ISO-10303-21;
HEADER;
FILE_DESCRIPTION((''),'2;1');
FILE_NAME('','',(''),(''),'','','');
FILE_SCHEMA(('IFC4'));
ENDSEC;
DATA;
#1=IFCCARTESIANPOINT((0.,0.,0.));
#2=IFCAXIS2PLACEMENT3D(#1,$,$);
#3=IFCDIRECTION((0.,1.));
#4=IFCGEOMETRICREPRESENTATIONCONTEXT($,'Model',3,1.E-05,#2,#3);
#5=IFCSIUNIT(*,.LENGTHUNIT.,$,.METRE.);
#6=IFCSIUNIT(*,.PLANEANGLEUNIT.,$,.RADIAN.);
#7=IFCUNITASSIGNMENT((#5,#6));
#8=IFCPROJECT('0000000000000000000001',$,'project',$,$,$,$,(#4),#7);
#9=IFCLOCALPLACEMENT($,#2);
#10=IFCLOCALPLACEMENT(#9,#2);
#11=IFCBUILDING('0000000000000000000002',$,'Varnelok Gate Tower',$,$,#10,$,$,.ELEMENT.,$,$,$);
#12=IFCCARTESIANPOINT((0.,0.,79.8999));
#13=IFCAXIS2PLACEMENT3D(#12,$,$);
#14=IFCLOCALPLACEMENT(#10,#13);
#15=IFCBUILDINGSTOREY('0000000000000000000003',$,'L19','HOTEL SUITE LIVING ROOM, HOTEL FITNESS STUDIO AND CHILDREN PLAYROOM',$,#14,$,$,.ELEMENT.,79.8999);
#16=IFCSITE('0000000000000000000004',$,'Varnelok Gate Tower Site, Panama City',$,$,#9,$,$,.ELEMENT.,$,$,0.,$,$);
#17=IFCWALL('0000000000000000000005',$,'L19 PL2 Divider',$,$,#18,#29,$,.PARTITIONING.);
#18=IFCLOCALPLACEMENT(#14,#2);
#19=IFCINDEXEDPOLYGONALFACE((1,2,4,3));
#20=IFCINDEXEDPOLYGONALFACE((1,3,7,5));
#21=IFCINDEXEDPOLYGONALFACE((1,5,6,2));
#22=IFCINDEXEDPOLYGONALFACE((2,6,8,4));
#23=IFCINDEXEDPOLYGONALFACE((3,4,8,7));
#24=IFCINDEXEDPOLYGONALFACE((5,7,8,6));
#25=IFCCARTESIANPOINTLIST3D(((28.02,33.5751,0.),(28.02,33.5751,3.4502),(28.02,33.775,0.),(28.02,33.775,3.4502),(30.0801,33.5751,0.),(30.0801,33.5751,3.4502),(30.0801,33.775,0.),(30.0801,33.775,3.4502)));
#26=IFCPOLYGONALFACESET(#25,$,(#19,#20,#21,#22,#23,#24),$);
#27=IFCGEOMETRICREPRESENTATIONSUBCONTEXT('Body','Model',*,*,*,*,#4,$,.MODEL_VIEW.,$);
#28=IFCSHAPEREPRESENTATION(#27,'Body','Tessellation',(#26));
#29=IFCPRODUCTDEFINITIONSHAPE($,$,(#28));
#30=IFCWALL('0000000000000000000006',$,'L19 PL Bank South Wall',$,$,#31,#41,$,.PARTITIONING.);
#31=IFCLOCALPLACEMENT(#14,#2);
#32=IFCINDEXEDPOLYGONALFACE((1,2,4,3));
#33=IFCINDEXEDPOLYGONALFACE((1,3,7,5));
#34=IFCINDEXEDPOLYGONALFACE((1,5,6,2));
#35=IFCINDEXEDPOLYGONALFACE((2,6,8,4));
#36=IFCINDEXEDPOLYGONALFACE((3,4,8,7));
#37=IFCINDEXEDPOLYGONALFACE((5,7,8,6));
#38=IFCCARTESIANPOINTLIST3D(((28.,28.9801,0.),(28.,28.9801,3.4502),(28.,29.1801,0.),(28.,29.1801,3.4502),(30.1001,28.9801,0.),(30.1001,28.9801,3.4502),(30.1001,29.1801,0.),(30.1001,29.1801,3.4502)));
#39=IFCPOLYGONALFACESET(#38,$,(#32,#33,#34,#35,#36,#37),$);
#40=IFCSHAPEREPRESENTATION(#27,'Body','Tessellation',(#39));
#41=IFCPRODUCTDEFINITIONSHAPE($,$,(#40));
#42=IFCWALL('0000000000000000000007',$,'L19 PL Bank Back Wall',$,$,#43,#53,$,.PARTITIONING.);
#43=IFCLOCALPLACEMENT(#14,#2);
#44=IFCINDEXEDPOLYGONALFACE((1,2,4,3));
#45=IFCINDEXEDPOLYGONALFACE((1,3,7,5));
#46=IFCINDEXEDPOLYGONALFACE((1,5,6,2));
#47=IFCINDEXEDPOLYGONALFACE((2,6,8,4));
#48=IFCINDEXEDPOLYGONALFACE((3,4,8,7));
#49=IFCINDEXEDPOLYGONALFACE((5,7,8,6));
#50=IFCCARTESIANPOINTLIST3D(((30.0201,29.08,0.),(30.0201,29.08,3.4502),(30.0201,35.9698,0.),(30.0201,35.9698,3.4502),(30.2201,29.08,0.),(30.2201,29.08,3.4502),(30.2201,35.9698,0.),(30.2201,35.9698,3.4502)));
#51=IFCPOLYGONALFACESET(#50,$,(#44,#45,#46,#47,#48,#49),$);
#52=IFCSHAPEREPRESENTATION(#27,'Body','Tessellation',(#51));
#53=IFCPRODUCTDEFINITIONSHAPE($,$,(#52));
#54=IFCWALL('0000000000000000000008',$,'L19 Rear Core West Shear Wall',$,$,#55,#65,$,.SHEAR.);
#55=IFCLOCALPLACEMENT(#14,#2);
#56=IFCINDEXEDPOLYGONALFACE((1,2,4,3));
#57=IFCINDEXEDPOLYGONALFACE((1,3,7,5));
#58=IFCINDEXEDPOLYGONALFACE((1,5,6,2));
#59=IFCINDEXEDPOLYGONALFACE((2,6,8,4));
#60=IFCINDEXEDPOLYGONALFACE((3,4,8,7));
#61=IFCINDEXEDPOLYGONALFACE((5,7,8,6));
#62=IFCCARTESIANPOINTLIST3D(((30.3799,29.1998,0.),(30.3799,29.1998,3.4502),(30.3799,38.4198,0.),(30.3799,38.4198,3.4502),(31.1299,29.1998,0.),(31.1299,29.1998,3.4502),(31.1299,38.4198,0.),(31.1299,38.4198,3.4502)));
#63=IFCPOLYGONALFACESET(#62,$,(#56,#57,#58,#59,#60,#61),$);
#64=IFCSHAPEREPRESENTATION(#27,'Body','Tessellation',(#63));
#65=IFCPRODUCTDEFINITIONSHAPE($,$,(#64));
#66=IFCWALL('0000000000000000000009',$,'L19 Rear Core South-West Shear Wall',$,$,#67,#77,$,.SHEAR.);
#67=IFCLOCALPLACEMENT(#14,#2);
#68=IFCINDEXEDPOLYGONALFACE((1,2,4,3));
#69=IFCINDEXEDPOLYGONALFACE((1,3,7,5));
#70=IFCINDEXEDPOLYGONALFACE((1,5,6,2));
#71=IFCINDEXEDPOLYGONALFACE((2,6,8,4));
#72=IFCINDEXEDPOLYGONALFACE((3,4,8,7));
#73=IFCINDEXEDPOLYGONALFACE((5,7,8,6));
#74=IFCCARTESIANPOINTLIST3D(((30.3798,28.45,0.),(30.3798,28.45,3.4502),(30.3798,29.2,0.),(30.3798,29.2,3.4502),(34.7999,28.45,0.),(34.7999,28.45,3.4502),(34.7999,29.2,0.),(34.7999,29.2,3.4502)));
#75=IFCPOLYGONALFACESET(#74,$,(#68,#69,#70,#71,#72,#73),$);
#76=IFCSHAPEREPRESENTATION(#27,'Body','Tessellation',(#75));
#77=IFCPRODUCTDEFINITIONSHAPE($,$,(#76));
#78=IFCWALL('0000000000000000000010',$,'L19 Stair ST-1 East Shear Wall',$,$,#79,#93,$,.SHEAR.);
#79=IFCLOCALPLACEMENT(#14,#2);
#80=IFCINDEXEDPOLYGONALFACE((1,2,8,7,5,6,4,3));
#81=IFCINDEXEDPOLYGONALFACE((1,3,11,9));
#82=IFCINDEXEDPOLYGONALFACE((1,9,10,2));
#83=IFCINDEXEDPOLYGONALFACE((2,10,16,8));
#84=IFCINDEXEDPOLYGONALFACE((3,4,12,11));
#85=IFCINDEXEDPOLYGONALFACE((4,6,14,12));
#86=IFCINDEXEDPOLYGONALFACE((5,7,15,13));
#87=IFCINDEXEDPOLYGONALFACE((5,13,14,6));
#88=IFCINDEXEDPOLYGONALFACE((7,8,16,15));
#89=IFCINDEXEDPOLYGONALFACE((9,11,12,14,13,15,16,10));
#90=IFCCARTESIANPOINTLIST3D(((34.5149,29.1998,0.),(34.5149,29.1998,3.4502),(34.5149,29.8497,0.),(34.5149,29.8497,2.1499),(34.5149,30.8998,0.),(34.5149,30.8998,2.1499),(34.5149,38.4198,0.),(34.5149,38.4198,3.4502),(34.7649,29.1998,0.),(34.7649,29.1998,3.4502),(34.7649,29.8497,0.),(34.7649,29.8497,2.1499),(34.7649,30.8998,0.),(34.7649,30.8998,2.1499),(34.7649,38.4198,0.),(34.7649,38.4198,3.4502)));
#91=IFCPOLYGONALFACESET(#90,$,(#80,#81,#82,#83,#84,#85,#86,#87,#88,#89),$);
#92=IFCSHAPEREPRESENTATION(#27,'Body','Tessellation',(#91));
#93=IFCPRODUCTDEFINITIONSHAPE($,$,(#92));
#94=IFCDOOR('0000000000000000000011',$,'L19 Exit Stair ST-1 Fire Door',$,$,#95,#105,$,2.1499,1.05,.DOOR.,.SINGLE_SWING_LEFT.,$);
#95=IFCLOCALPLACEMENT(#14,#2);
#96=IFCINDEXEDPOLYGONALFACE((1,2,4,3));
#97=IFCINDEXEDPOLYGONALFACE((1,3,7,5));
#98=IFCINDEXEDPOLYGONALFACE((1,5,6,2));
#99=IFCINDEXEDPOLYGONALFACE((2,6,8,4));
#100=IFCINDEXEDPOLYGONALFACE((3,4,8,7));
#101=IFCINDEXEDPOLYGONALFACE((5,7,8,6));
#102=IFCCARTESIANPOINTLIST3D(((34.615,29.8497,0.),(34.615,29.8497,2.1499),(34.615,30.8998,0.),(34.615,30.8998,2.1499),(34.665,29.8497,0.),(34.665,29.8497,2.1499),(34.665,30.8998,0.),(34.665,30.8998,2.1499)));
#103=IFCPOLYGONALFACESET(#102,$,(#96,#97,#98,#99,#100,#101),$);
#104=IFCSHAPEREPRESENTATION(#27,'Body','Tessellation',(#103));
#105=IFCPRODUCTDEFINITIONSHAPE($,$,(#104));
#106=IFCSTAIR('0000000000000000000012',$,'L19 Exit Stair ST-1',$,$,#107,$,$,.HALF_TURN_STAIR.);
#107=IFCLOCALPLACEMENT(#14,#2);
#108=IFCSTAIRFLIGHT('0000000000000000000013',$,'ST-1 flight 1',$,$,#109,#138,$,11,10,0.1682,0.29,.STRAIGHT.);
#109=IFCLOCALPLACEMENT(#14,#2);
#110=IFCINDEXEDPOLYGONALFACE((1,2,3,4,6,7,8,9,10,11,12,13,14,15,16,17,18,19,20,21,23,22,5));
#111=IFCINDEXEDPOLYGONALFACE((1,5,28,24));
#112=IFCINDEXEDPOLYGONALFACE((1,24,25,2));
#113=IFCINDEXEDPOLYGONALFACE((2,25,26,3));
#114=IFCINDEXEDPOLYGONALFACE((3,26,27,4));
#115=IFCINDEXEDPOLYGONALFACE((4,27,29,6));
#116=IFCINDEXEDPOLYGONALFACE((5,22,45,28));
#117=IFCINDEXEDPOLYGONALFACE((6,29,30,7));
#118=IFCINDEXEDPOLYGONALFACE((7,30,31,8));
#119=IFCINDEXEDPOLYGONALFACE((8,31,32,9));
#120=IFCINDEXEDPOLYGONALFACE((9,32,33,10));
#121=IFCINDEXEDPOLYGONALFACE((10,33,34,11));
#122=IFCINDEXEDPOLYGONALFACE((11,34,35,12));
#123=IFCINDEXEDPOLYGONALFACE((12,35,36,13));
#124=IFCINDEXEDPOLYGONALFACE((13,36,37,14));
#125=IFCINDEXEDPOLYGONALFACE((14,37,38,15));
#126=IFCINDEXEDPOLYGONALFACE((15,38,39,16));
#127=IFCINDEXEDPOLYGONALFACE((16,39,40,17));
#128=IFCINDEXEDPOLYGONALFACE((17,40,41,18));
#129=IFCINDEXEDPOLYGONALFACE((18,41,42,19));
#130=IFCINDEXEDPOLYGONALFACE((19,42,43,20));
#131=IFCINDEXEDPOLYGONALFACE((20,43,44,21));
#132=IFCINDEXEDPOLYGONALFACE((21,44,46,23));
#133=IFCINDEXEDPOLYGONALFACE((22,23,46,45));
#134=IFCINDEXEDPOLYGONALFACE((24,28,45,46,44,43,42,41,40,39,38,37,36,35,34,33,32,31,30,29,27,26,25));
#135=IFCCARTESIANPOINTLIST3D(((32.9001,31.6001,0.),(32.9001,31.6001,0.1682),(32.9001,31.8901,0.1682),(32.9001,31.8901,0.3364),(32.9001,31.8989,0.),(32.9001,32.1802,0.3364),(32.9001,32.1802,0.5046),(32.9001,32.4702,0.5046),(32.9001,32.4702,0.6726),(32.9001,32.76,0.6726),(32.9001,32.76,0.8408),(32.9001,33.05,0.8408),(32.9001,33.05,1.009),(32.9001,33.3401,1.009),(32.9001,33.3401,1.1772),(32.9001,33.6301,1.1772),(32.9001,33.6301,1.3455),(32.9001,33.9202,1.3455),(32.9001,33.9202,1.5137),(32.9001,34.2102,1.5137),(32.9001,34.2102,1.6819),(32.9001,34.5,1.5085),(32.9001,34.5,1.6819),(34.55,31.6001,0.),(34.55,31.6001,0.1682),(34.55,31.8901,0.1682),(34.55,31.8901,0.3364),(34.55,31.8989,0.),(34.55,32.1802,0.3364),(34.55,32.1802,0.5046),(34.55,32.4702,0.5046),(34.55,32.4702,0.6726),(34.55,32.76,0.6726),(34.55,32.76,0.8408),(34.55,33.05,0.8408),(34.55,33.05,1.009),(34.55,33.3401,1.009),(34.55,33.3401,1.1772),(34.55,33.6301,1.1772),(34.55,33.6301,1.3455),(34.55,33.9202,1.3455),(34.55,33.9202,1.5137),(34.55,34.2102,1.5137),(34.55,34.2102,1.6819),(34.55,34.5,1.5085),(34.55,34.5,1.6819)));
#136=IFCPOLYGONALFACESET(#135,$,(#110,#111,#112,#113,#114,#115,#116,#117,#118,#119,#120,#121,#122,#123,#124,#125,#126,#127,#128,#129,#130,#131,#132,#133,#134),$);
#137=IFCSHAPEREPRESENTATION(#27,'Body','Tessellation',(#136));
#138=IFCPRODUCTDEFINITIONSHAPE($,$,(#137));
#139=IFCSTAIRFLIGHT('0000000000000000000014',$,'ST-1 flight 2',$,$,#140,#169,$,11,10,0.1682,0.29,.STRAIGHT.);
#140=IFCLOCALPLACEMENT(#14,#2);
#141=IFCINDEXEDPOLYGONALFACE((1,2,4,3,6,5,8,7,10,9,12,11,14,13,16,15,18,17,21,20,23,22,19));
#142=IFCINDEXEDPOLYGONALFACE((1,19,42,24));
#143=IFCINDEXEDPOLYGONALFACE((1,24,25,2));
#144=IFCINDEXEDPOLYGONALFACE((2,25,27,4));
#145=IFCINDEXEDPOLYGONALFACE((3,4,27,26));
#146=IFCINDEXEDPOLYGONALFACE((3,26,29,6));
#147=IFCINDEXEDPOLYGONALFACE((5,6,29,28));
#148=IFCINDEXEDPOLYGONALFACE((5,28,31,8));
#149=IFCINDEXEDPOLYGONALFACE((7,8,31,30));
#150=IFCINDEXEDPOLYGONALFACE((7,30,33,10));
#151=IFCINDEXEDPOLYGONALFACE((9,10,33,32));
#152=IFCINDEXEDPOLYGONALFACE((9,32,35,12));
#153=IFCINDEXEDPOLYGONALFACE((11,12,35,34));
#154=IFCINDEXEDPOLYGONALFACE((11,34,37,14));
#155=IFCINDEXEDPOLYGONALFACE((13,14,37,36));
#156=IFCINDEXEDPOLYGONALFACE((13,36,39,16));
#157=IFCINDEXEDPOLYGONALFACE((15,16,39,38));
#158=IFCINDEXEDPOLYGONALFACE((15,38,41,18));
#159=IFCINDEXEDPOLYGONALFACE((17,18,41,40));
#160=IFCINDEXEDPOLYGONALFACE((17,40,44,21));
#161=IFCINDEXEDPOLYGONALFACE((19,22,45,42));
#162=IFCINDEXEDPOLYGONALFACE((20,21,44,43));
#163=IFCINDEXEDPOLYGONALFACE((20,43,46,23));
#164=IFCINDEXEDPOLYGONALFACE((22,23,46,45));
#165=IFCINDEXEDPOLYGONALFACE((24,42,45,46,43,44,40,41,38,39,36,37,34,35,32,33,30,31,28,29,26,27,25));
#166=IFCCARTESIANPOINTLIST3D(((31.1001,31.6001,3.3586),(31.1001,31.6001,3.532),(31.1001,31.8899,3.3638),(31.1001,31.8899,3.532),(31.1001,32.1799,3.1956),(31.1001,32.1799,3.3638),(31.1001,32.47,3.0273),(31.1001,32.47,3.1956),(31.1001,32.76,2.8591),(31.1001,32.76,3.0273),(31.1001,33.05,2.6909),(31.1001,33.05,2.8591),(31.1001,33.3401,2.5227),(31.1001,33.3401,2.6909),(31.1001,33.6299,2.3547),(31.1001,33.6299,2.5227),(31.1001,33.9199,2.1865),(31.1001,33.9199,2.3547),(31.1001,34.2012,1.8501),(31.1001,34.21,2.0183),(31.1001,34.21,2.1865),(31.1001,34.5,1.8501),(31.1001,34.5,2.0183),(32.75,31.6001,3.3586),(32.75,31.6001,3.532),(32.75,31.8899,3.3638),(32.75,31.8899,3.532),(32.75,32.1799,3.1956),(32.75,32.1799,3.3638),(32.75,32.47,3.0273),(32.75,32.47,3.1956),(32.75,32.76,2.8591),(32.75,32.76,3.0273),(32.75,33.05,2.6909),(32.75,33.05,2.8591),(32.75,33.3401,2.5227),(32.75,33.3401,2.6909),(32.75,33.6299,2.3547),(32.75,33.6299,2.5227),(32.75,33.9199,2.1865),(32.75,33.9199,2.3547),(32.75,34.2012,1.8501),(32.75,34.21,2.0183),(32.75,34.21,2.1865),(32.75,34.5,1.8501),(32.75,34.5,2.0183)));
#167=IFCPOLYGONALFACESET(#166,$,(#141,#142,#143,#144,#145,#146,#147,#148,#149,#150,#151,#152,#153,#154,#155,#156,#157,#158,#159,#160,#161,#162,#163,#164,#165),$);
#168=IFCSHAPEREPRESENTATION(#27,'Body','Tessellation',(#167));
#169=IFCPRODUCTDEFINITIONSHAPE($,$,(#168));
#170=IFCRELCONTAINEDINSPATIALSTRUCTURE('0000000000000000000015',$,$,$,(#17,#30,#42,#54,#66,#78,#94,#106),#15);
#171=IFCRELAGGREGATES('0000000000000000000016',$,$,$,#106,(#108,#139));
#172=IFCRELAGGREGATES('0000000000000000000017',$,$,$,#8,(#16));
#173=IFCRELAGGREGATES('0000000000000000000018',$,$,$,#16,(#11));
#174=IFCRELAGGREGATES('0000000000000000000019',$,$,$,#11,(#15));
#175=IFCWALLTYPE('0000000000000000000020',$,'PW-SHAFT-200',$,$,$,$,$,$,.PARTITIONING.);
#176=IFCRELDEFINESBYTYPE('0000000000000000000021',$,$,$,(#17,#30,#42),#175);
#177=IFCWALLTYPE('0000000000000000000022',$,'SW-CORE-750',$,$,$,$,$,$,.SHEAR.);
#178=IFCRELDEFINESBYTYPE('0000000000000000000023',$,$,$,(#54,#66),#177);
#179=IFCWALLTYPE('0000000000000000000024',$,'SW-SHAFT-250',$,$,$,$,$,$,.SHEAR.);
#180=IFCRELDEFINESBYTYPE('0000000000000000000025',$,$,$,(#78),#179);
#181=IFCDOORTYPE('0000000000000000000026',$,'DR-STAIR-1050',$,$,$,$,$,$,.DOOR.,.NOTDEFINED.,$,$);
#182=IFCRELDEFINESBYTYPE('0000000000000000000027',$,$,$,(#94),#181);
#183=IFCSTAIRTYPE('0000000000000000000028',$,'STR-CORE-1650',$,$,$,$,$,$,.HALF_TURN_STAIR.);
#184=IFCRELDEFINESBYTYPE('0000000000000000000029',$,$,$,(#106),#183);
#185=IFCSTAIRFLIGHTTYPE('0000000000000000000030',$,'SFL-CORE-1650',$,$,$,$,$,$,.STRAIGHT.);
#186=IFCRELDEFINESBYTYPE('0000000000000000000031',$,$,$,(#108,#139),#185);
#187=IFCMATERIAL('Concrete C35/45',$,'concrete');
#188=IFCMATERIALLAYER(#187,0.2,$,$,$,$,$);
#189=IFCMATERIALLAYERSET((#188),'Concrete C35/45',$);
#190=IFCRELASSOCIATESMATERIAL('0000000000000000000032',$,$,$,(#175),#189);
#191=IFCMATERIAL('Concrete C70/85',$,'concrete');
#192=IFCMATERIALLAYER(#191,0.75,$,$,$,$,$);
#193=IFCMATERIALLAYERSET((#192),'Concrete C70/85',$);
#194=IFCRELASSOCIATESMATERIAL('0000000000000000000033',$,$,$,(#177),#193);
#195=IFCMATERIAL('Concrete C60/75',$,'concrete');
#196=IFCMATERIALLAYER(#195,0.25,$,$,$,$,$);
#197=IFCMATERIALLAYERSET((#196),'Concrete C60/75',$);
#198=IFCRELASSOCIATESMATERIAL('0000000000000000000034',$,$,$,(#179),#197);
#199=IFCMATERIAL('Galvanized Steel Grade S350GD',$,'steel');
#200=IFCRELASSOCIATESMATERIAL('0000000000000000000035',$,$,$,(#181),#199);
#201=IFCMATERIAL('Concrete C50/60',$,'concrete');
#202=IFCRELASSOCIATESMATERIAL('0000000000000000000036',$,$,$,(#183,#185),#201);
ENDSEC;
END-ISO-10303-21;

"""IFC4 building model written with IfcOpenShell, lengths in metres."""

from ifc_helpers import new_model, si_unit, direction, frame, frame_2d, origin, place, context, subcontext, project, spatial, polyline, rectangle, outline, extrude, material, layer, layer_set, type_object, element, fill, aggregate, save


model = new_model("IFC4")

# Units and contexts
model_context = context("Model", 3, precision=1e-05, world=origin(), true_north=direction((0.0, 1.0)))
body_context = subcontext(model_context, "Body", "Model", "MODEL_VIEW")
ifc_project = project(units=[si_unit("LENGTHUNIT", "METRE"), si_unit("PLANEANGLEUNIT", "RADIAN")], contexts=[model_context])

# Site, building, storey
site_placement = place(None, origin())
site = spatial("IfcSite", under=ifc_project, at=site_placement, Name="Varnelok Gate Tower Site, Panama City", CompositionType="ELEMENT", RefElevation=0.0)
building_placement = place(site_placement, origin())
building = spatial("IfcBuilding", under=site, at=building_placement, Name="Varnelok Gate Tower", CompositionType="ELEMENT")
storey_placement = place(building_placement, frame((0.0, 0.0, 79.8999)))
storey = spatial("IfcBuildingStorey", under=building, at=storey_placement, Name="L19", Description="HOTEL SUITE LIVING ROOM, HOTEL FITNESS STUDIO AND CHILDREN PLAYROOM", CompositionType="ELEMENT", Elevation=79.8999)

# Shared definitions
ifc_material_1 = material(Name="Concrete C70/85", Category="concrete")

# Shared definitions
ifc_material_2 = material(Name="Concrete C60/75", Category="concrete")

# Shared definitions
ifc_material_3 = material(Name="Concrete C35/45", Category="concrete")
ifc_layer_1 = layer(ifc_material_3, 0.2)
ifc_layer_set_1 = layer_set([ifc_layer_1], Name="Concrete C35/45")
wall_type_1 = type_object("IfcWallType", Name="PW-SHAFT-200", PredefinedType="PARTITIONING", material=ifc_layer_set_1)
ifc_material_4 = material(Name="Galvanized Steel Grade S350GD", Category="steel")

# Walls
for number, where, z_axis, x_axis, name in (
    (1, (28.02, 33.675, 0.0), (0.0, 0.0, 1.0), (1.0, 0.0, 0.0), "L19 PL2 Divider"),
):
    element("IfcWall", number, at=place(storey_placement, frame(where, z_axis=z_axis, x_axis=x_axis)), inside=storey, type_object=wall_type_1, Name=name, PredefinedType="PARTITIONING", context=body_context, shape_type="SweptSolid", body=[
        extrude(rectangle(XDim=2.0601, YDim=0.2, at=frame_2d((1.03, 0.0))), origin(), (0.0, 0.0, 1.0), 3.4502),
    ])
wall_1_placement = place(storey_placement, frame((28.0, 29.0801, 0.0), z_axis=(0.0, 0.0, 1.0), x_axis=(1.0, 0.0, 0.0)))
element("IfcWall", 2, at=wall_1_placement, inside=storey, type_object=wall_type_1, Name="L19 PL Bank South Wall", PredefinedType="PARTITIONING", context=body_context, shape_type="SweptSolid", body=[
    extrude(rectangle(XDim=2.1001, YDim=0.2, at=frame_2d((1.05, 0.0))), origin(), (0.0, 0.0, 1.0), 3.4502),
])
wall_2_placement = place(storey_placement, frame((30.1201, 29.0801, 0.0), z_axis=(0.0, 0.0, 1.0), x_axis=(0.0, 1.0, 0.0)))
element("IfcWall", 3, at=wall_2_placement, inside=storey, type_object=wall_type_1, Name="L19 PL Bank Back Wall", PredefinedType="PARTITIONING", context=body_context, shape_type="SweptSolid", body=[
    extrude(rectangle(XDim=6.8899, YDim=0.2, at=frame_2d((3.4448, 0.0))), origin(), (0.0, 0.0, 1.0), 3.4502),
])

# Walls
ifc_layer_2 = layer(ifc_material_1, 0.75)
ifc_layer_set_2 = layer_set([ifc_layer_2], Name="Concrete C70/85")
wall_type_2 = type_object("IfcWallType", Name="SW-CORE-750", PredefinedType="SHEAR", material=ifc_layer_set_2)
wall_3_placement = place(storey_placement, frame((30.7549, 29.2, 0.0), z_axis=(0.0, 0.0, 1.0), x_axis=(0.0, 1.0, 0.0)))
element("IfcWall", 4, at=wall_3_placement, inside=storey, type_object=wall_type_2, Name="L19 Rear Core West Shear Wall", PredefinedType="SHEAR", context=body_context, shape_type="SweptSolid", body=[
    extrude(rectangle(XDim=9.22, YDim=0.75, at=frame_2d((4.6099, 0.0))), origin(), (0.0, 0.0, 1.0), 3.4502),
])
wall_4_placement = place(storey_placement, frame((30.3799, 28.825, 0.0), z_axis=(0.0, 0.0, 1.0), x_axis=(1.0, 0.0, 0.0)))
element("IfcWall", 5, at=wall_4_placement, inside=storey, type_object=wall_type_2, Name="L19 Rear Core South-West Shear Wall", PredefinedType="SHEAR", context=body_context, shape_type="SweptSolid", body=[
    extrude(rectangle(XDim=4.4202, YDim=0.75, at=frame_2d((2.21, 0.0))), origin(), (0.0, 0.0, 1.0), 3.4502),
])

# Wall, opening, door
ifc_layer_3 = layer(ifc_material_2, 0.25)
ifc_layer_set_3 = layer_set([ifc_layer_3], Name="Concrete C60/75")
wall_type_3 = type_object("IfcWallType", Name="SW-SHAFT-250", PredefinedType="SHEAR", material=ifc_layer_set_3)
wall_5_placement = place(storey_placement, frame((34.6399, 29.2, 0.0), z_axis=(0.0, 0.0, 1.0), x_axis=(0.0, 1.0, 0.0)))
wall_5 = element("IfcWall", 6, at=wall_5_placement, inside=storey, type_object=wall_type_3, Name="L19 Stair ST-1 East Shear Wall", PredefinedType="SHEAR", context=body_context, shape_type="SweptSolid", body=[
    extrude(rectangle(XDim=9.22, YDim=0.25, at=frame_2d((4.6099, 0.0))), origin(), (0.0, 0.0, 1.0), 3.4502),
])
opening_1_placement = place(wall_5_placement, frame((0.6499, 0.0, 0.0)))
opening_1 = element("IfcOpeningElement", 7, at=opening_1_placement, cuts=wall_5, PredefinedType="OPENING", context=body_context, shape_type="SweptSolid", body=[
    extrude(rectangle(XDim=1.05, YDim=2.1499, at=frame_2d((0.5249, 1.075))), frame((0.0, 0.135, 0.0), z_axis=(0.0, -1.0, 0.0), x_axis=(1.0, 0.0, 0.0)), (0.0, 0.0, 1.0), 0.27),
])
door_type_1 = type_object("IfcDoorType", Name="DR-STAIR-1050", OperationType="NOTDEFINED", PredefinedType="DOOR", material=ifc_material_4)
door_1_placement = place(opening_1_placement, origin())
door_1 = element("IfcDoor", 8, at=door_1_placement, inside=storey, type_object=door_type_1, Name="L19 Exit Stair ST-1 Fire Door", OperationType="SINGLE_SWING_LEFT", OverallHeight=2.1499, OverallWidth=1.05, PredefinedType="DOOR", context=body_context, shape_type="SweptSolid", body=[
    extrude(rectangle(XDim=1.05, YDim=2.1499, at=frame_2d((0.5249, 1.075))), frame((0.0, 0.0249, 0.0), z_axis=(0.0, -1.0, 0.0), x_axis=(1.0, 0.0, 0.0)), (0.0, 0.0, 1.0), 0.05),
])
fill(opening_1, door_1)

# Stair, stair flights
ifc_material_5 = material(Name="Concrete C50/60", Category="concrete")
stair_type = type_object("IfcStairType", Name="STR-CORE-1650", PredefinedType="HALF_TURN_STAIR", material=ifc_material_5)
stair_placement = place(storey_placement, origin())
stair = element("IfcStair", 9, at=stair_placement, inside=storey, type_object=stair_type, Name="L19 Exit Stair ST-1", PredefinedType="HALF_TURN_STAIR")
stair_flight_type = type_object("IfcStairFlightType", Name="SFL-CORE-1650", PredefinedType="STRAIGHT", material=ifc_material_5)
stair_flight_1_placement = place(storey_placement, frame((33.7251, 31.6001, 0.0), z_axis=(0.0, 0.0, 1.0), x_axis=(0.0, 1.0, 0.0)))
stair_flight_1 = element("IfcStairFlight", 10, at=stair_flight_1_placement, type_object=stair_flight_type, Name="ST-1 flight 1", NumberOfRisers=11, NumberOfTreads=10, PredefinedType="STRAIGHT", RiserHeight=0.1682, TreadLength=0.29, context=body_context, shape_type="SweptSolid", body=[
    extrude(outline(polyline([(0.0, 0.0), (0.0, 0.1682), (0.29, 0.1682), (0.29, 0.3364), (0.5801, 0.3364), (0.5801, 0.5046), (0.8701, 0.5046), (0.8701, 0.6726), (1.1599, 0.6726), (1.1599, 0.8408), (1.45, 0.8408), (1.45, 1.009), (1.74, 1.009), (1.74, 1.1772), (2.03, 1.1772), (2.03, 1.3455), (2.3201, 1.3455), (2.3201, 1.5137), (2.6101, 1.5137), (2.6101, 1.6819), (2.8999, 1.6819), (2.8999, 1.8501), (2.8999, 1.5085), (0.2988, 0.0), (0.0, 0.0)])), frame((0.0, 0.825, 0.0), z_axis=(0.0, -1.0, 0.0), x_axis=(1.0, 0.0, 0.0)), (0.0, 0.0, 1.0), 1.6499),
])
stair_flight_2_placement = place(storey_placement, frame((31.925, 34.5, 1.8501), z_axis=(0.0, 0.0, 1.0), x_axis=(0.0, -1.0, 0.0)))
stair_flight_2 = element("IfcStairFlight", 11, at=stair_flight_2_placement, type_object=stair_flight_type, Name="ST-1 flight 2", NumberOfRisers=11, NumberOfTreads=10, PredefinedType="STRAIGHT", RiserHeight=0.1682, TreadLength=0.29, context=body_context, shape_type="SweptSolid", body=[
    extrude(outline(polyline([(0.0, 0.0), (0.0, 0.1682), (0.29, 0.1682), (0.29, 0.3364), (0.5801, 0.3364), (0.5801, 0.5046), (0.8701, 0.5046), (0.8701, 0.6726), (1.1599, 0.6726), (1.1599, 0.8408), (1.45, 0.8408), (1.45, 1.009), (1.74, 1.009), (1.74, 1.1772), (2.03, 1.1772), (2.03, 1.3455), (2.3201, 1.3455), (2.3201, 1.5137), (2.6101, 1.5137), (2.6101, 1.6819), (2.8999, 1.6819), (2.8999, 1.8501), (2.8999, 1.5085), (0.2988, 0.0), (0.0, 0.0)])), frame((0.0, 0.825, 0.0), z_axis=(0.0, -1.0, 0.0), x_axis=(1.0, 0.0, 0.0)), (0.0, 0.0, 1.0), 1.6499),
])
aggregate(stair, [stair_flight_1, stair_flight_2])

save(model, "model.ifc")
